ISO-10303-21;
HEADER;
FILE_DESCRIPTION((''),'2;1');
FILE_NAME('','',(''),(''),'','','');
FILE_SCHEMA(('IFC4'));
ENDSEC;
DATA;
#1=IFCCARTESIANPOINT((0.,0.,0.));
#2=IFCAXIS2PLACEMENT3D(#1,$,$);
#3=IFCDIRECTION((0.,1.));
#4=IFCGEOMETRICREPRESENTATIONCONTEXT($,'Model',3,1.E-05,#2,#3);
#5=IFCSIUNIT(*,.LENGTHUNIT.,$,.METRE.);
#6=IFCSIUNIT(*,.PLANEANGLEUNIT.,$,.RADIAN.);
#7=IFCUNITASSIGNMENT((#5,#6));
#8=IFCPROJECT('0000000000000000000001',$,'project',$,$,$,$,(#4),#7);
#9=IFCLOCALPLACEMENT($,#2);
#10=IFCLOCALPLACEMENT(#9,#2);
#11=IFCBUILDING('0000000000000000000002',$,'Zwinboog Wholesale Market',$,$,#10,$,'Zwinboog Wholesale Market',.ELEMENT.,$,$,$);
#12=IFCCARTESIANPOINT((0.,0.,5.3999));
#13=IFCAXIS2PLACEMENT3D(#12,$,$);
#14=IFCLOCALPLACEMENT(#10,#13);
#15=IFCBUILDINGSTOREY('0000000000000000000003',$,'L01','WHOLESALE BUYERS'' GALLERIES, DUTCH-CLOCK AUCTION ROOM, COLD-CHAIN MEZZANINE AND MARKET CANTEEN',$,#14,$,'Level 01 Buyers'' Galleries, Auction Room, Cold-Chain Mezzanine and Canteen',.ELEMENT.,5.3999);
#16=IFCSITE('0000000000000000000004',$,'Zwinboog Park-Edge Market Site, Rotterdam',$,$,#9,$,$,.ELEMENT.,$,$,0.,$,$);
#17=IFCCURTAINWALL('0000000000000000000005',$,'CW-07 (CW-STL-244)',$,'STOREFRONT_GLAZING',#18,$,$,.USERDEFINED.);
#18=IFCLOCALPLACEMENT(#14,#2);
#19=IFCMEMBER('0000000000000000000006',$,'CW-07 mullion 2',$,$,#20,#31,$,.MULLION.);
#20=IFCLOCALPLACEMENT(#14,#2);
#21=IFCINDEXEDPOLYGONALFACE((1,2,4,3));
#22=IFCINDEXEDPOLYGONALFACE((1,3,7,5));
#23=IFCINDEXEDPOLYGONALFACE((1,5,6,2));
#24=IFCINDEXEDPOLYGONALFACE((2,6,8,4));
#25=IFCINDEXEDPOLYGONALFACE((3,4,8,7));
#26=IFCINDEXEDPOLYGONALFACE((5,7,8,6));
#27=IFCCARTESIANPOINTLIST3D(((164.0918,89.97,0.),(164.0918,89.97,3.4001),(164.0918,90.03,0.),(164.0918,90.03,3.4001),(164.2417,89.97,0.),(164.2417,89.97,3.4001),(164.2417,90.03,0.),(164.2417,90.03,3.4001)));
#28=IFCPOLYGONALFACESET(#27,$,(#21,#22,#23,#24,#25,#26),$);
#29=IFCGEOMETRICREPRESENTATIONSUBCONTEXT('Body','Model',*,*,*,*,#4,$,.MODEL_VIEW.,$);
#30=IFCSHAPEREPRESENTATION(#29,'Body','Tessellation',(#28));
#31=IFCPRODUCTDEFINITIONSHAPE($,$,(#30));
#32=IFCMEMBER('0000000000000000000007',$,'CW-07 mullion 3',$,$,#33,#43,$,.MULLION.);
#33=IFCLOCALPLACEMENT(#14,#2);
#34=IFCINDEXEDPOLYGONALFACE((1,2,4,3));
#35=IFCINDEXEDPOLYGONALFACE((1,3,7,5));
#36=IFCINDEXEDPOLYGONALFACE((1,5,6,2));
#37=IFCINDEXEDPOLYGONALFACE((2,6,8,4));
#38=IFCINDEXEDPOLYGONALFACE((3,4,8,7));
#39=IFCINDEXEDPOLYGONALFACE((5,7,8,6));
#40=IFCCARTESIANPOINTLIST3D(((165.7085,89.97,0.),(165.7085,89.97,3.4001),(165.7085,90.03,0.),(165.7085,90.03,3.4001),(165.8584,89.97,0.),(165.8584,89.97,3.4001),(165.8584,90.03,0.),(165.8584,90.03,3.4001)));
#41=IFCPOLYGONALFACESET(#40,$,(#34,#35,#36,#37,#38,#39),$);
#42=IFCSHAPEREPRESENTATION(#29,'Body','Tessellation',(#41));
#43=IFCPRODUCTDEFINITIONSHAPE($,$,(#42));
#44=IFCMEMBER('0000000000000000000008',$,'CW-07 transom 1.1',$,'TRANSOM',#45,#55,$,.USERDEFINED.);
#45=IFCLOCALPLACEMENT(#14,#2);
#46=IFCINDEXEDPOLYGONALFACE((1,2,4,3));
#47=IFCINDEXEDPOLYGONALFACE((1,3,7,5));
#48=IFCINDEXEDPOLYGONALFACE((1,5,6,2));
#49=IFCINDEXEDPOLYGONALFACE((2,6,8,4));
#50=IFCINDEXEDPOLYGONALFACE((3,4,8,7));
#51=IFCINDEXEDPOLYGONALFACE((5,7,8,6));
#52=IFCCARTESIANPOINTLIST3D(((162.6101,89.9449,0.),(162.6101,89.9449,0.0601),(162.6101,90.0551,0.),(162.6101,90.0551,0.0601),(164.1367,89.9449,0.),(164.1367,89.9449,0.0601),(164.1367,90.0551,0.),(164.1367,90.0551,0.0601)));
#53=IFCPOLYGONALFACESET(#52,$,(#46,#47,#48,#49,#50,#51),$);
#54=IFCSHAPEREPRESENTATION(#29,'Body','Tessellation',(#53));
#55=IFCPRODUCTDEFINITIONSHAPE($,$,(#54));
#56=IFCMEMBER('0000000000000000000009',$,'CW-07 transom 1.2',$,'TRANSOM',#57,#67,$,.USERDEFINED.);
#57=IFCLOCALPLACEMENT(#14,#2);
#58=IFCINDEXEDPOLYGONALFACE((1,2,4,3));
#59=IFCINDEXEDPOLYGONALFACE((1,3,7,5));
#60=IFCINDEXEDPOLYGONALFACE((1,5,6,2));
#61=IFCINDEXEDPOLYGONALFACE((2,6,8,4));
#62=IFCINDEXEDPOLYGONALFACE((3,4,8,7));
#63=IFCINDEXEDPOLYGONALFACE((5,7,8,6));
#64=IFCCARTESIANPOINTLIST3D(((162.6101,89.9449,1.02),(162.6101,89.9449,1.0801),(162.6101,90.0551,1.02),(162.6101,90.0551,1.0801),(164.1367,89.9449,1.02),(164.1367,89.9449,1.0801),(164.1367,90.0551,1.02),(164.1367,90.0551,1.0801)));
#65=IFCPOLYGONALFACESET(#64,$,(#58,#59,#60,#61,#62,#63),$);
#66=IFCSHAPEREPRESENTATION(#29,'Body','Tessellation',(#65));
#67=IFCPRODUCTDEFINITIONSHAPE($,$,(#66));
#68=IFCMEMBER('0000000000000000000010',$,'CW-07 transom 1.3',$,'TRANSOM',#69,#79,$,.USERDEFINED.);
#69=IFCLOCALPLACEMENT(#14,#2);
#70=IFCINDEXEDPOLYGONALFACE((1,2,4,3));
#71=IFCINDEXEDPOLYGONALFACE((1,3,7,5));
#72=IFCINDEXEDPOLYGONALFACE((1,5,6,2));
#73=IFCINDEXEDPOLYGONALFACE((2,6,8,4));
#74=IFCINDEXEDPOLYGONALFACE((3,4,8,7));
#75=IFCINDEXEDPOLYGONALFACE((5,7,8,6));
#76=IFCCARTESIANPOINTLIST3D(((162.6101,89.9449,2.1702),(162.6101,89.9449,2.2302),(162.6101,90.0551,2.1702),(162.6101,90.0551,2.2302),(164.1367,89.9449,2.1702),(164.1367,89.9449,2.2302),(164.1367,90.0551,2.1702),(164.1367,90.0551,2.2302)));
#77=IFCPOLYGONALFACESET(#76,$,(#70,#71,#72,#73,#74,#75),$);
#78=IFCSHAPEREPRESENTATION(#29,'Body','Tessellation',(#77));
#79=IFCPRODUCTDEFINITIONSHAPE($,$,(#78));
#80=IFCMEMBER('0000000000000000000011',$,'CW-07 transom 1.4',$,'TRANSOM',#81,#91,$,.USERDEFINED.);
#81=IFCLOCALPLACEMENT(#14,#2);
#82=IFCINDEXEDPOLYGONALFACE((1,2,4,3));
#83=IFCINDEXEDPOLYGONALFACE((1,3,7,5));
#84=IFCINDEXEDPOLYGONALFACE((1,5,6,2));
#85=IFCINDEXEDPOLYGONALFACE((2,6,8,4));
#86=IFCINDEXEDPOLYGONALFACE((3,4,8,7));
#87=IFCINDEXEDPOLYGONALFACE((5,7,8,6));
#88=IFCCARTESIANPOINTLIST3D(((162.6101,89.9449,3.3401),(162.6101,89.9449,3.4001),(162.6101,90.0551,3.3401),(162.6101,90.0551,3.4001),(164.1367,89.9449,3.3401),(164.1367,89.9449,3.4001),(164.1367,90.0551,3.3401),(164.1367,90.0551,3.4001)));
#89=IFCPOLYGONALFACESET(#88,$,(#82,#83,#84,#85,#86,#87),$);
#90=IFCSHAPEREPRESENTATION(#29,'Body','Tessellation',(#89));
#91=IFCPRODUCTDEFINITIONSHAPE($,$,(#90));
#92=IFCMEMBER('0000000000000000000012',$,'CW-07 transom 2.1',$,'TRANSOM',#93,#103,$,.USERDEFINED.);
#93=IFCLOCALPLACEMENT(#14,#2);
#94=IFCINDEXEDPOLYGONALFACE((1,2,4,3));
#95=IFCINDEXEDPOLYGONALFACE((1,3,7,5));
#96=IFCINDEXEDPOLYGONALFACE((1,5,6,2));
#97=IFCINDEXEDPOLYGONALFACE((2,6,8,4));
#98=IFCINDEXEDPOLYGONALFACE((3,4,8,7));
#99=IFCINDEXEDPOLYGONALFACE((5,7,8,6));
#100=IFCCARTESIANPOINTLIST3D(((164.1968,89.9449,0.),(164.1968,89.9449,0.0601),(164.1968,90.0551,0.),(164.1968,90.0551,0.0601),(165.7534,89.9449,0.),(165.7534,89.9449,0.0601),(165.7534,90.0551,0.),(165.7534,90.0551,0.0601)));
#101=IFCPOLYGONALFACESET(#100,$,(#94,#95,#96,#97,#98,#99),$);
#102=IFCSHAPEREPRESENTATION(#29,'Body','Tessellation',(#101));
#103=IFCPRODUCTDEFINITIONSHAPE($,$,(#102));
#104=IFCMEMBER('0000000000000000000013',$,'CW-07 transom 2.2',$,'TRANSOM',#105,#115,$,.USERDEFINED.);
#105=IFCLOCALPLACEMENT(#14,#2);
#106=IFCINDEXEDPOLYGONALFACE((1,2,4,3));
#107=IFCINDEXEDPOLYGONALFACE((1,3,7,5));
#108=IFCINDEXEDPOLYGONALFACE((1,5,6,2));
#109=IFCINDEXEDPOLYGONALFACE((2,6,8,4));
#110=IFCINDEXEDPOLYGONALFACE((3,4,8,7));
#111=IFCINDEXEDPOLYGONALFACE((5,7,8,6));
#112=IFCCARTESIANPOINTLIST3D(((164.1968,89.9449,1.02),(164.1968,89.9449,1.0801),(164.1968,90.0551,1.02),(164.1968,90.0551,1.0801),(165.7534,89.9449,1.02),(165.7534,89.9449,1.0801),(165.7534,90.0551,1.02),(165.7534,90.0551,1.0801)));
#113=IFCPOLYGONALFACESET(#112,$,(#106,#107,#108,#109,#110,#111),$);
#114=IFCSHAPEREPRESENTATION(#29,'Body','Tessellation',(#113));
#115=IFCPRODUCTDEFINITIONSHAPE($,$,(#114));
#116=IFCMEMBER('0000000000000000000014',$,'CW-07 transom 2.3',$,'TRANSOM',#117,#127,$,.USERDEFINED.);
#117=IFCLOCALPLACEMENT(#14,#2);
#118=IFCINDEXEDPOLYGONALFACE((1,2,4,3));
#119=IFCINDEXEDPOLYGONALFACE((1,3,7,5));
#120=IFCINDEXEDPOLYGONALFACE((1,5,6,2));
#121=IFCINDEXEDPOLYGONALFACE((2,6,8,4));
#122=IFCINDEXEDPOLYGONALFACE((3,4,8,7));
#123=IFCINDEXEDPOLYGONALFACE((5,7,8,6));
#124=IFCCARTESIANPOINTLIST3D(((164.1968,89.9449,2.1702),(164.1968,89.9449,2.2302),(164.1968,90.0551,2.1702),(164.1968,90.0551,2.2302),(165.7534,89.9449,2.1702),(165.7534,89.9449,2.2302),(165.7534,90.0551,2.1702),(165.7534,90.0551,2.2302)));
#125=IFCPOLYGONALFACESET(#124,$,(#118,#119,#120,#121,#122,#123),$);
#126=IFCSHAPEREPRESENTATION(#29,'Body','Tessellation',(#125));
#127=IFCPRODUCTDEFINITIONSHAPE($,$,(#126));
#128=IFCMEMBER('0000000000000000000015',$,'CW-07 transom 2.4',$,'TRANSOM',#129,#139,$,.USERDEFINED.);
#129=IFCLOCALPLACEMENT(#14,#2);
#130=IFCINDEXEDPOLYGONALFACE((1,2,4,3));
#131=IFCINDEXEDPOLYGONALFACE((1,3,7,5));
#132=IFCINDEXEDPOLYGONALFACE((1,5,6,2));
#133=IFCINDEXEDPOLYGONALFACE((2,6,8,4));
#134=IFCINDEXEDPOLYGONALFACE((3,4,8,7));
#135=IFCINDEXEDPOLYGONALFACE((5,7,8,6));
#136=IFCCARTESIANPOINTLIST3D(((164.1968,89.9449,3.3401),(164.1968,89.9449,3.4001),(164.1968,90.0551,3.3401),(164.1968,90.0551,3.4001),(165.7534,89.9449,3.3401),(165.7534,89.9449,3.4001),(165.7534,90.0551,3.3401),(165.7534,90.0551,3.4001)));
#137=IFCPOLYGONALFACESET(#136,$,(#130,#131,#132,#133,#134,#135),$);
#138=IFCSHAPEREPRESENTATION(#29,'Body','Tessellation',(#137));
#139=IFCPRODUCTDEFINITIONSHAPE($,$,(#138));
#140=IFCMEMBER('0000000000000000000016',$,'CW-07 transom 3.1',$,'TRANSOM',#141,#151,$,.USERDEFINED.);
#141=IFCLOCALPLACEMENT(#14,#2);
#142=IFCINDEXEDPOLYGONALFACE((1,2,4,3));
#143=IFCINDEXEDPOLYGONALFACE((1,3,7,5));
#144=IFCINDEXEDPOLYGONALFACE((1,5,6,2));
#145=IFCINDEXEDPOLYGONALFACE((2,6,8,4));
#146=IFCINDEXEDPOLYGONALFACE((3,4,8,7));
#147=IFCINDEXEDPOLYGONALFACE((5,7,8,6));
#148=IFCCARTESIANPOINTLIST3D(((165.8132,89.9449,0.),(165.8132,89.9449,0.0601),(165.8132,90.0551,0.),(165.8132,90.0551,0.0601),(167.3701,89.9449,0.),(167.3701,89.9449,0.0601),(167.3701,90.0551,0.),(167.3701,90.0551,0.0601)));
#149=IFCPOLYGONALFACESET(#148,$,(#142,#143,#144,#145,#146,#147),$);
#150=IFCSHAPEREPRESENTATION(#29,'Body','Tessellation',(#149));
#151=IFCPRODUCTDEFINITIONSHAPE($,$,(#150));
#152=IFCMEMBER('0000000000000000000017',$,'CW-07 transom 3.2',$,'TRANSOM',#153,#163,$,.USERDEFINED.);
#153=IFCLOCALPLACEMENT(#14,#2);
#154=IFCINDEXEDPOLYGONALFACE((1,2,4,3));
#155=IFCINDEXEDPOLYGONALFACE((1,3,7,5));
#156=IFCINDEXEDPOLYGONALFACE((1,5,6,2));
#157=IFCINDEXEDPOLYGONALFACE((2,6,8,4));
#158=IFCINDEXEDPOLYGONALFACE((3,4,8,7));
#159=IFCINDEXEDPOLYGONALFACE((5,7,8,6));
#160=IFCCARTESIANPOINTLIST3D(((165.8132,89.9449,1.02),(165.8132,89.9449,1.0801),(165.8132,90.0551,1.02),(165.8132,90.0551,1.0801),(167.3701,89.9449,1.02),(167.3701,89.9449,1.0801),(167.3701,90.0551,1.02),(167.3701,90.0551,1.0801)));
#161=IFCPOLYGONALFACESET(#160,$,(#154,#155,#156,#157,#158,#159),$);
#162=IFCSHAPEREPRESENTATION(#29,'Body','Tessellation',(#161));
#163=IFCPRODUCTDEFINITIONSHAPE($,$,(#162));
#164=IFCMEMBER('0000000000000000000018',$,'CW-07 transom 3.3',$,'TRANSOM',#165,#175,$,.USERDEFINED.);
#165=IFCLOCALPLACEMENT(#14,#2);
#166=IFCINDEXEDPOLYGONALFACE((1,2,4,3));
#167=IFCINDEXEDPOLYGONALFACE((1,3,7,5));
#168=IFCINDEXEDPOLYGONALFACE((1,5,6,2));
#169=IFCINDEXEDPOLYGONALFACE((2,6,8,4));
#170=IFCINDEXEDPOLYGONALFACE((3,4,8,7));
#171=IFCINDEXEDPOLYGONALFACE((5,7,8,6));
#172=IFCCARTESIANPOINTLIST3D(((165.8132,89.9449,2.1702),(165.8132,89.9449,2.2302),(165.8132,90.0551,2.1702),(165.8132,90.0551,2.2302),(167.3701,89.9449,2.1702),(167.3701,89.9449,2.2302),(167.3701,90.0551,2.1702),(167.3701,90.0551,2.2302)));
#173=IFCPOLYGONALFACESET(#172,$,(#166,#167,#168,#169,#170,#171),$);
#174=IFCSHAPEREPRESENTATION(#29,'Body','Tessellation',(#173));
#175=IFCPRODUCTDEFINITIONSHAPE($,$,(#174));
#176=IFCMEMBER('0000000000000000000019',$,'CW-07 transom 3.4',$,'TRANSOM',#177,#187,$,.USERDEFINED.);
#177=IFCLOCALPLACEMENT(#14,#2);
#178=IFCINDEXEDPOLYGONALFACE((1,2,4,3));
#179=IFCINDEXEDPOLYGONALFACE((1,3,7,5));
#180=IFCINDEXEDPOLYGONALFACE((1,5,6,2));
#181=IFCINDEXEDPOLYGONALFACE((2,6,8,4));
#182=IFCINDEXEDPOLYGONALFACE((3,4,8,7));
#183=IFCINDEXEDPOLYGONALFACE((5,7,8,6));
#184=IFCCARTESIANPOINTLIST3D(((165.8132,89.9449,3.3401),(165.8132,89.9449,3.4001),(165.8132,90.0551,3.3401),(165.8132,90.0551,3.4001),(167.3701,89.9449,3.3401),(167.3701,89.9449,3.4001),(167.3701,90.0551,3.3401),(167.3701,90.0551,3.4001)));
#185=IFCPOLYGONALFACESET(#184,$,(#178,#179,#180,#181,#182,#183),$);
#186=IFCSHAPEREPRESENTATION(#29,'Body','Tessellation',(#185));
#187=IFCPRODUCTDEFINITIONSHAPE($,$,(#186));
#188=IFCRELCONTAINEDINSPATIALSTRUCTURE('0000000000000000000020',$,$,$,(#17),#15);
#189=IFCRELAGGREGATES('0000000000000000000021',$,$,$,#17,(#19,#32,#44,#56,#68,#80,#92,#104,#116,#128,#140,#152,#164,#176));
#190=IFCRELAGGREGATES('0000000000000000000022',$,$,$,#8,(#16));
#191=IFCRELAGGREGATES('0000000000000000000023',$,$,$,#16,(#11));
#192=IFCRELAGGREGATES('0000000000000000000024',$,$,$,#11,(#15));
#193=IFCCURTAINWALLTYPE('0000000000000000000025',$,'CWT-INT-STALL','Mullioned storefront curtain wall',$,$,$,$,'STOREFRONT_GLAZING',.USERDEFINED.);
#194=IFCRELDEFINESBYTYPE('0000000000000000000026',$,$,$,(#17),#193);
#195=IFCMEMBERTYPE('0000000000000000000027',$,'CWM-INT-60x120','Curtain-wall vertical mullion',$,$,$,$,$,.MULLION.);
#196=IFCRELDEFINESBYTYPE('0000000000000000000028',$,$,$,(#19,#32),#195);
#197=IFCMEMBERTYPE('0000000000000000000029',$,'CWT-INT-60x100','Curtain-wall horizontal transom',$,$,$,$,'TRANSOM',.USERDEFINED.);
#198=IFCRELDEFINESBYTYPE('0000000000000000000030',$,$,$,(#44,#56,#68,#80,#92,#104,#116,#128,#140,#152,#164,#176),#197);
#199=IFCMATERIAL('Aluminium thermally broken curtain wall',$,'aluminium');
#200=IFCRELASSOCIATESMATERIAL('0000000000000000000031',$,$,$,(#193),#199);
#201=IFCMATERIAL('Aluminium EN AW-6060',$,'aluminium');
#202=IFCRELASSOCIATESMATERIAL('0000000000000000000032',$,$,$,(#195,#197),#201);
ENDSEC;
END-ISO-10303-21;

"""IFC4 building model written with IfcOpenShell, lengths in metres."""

from ifc_helpers import new_model, si_unit, direction, frame, origin, origin_2d, place, context, subcontext, project, spatial, rectangle, extrude, material, material_profile, profile_set, type_object, element, aggregate, save


model = new_model("IFC4")

# Units and contexts
model_context = context("Model", 3, precision=1e-05, world=origin(), true_north=direction((0.0, 1.0)))
body_context = subcontext(model_context, "Body", "Model", "MODEL_VIEW")
ifc_project = project(units=[si_unit("LENGTHUNIT", "METRE"), si_unit("PLANEANGLEUNIT", "RADIAN")], contexts=[model_context])

# Site, building, storey
site_placement = place(None, origin())
site = spatial("IfcSite", under=ifc_project, at=site_placement, Name="Zwinboog Park-Edge Market Site, Rotterdam", CompositionType="ELEMENT", RefElevation=0.0)
building_placement = place(site_placement, origin())
building = spatial("IfcBuilding", under=site, at=building_placement, Name="Zwinboog Wholesale Market", LongName="Zwinboog Wholesale Market", CompositionType="ELEMENT")
storey_placement = place(building_placement, frame((0.0, 0.0, 5.3999)))
storey = spatial("IfcBuildingStorey", under=building, at=storey_placement, Name="L01", Description="WHOLESALE BUYERS' GALLERIES, DUTCH-CLOCK AUCTION ROOM, COLD-CHAIN MEZZANINE AND MARKET CANTEEN", LongName="Level 01 Buyers' Galleries, Auction Room, Cold-Chain Mezzanine and Canteen", CompositionType="ELEMENT", Elevation=5.3999)

# Curtain wall, members
ifc_material_1 = material(Name="Aluminium thermally broken curtain wall", Category="aluminium")
curtain_wall_type = type_object("IfcCurtainWallType", Name="CWT-INT-STALL", Description="Mullioned storefront curtain wall", ElementType="STOREFRONT_GLAZING", PredefinedType="USERDEFINED", material=ifc_material_1)
curtain_wall_placement = place(storey_placement, origin())
curtain_wall = element("IfcCurtainWall", 1, at=curtain_wall_placement, inside=storey, type_object=curtain_wall_type, Name="CW-07 (CW-STL-244)", ObjectType="STOREFRONT_GLAZING", PredefinedType="USERDEFINED")
ifc_material_2 = material(Name="Aluminium EN AW-6060", Category="aluminium")
ifc_material_profile_1 = material_profile(ifc_material_2, rectangle(XDim=0.0601, YDim=0.1499, at=origin_2d()), Name="AL 60x150")
ifc_profile_set_1 = profile_set([ifc_material_profile_1], Name="Aluminium EN AW-6060")
member_type_1 = type_object("IfcMemberType", Name="CWM-INT-60x120", Description="Curtain-wall vertical mullion", PredefinedType="MULLION", material=ifc_profile_set_1)
member_1_placement = place(storey_placement, frame((164.1667, 90.0, 0.0), z_axis=(0.0, 0.0, 1.0), x_axis=(0.0, 1.0, 0.0)))
member_1 = element("IfcMember", 2, at=member_1_placement, type_object=member_type_1, Name="CW-07 mullion 2", PredefinedType="MULLION", context=body_context, shape_type="SweptSolid", body=[
    extrude(rectangle(XDim=0.0601, YDim=0.1499, at=origin_2d()), origin(), (0.0, 0.0, 1.0), 3.4001),
])
member_2_placement = place(storey_placement, frame((165.7834, 90.0, 0.0), z_axis=(0.0, 0.0, 1.0), x_axis=(0.0, 1.0, 0.0)))
member_2 = element("IfcMember", 3, at=member_2_placement, type_object=member_type_1, Name="CW-07 mullion 3", PredefinedType="MULLION", context=body_context, shape_type="SweptSolid", body=[
    extrude(rectangle(XDim=0.0601, YDim=0.1499, at=origin_2d()), origin(), (0.0, 0.0, 1.0), 3.4001),
])
ifc_material_profile_2 = material_profile(ifc_material_2, rectangle(XDim=0.1101, YDim=0.0601, at=origin_2d()), Name="AL 60x110")
ifc_profile_set_2 = profile_set([ifc_material_profile_2], Name="Aluminium EN AW-6060")
member_type_2 = type_object("IfcMemberType", Name="CWT-INT-60x100", Description="Curtain-wall horizontal transom", ElementType="TRANSOM", PredefinedType="USERDEFINED", material=ifc_profile_set_2)
member_3_placement = place(storey_placement, frame((162.6101, 90.0, 0.03), z_axis=(1.0, 0.0, 0.0), x_axis=(0.0, 1.0, 0.0)))
member_3 = element("IfcMember", 4, at=member_3_placement, type_object=member_type_2, Name="CW-07 transom 1.1", ObjectType="TRANSOM", PredefinedType="USERDEFINED", context=body_context, shape_type="SweptSolid", body=[
    extrude(rectangle(XDim=0.1101, YDim=0.0601, at=origin_2d()), origin(), (0.0, 0.0, 1.0), 1.5266),
])
member_4_placement = place(storey_placement, frame((162.6101, 90.0, 1.05), z_axis=(1.0, 0.0, 0.0), x_axis=(0.0, 1.0, 0.0)))
member_4 = element("IfcMember", 5, at=member_4_placement, type_object=member_type_2, Name="CW-07 transom 1.2", ObjectType="TRANSOM", PredefinedType="USERDEFINED", context=body_context, shape_type="SweptSolid", body=[
    extrude(rectangle(XDim=0.1101, YDim=0.0601, at=origin_2d()), origin(), (0.0, 0.0, 1.0), 1.5266),
])
member_5_placement = place(storey_placement, frame((162.6101, 90.0, 2.2002), z_axis=(1.0, 0.0, 0.0), x_axis=(0.0, 1.0, 0.0)))
member_5 = element("IfcMember", 6, at=member_5_placement, type_object=member_type_2, Name="CW-07 transom 1.3", ObjectType="TRANSOM", PredefinedType="USERDEFINED", context=body_context, shape_type="SweptSolid", body=[
    extrude(rectangle(XDim=0.1101, YDim=0.0601, at=origin_2d()), origin(), (0.0, 0.0, 1.0), 1.5266),
])
member_6_placement = place(storey_placement, frame((162.6101, 90.0, 3.3701), z_axis=(1.0, 0.0, 0.0), x_axis=(0.0, 1.0, 0.0)))
member_6 = element("IfcMember", 7, at=member_6_placement, type_object=member_type_2, Name="CW-07 transom 1.4", ObjectType="TRANSOM", PredefinedType="USERDEFINED", context=body_context, shape_type="SweptSolid", body=[
    extrude(rectangle(XDim=0.1101, YDim=0.0601, at=origin_2d()), origin(), (0.0, 0.0, 1.0), 1.5266),
])
member_7_placement = place(storey_placement, frame((164.1968, 90.0, 0.03), z_axis=(1.0, 0.0, 0.0), x_axis=(0.0, 1.0, 0.0)))
member_7 = element("IfcMember", 8, at=member_7_placement, type_object=member_type_2, Name="CW-07 transom 2.1", ObjectType="TRANSOM", PredefinedType="USERDEFINED", context=body_context, shape_type="SweptSolid", body=[
    extrude(rectangle(XDim=0.1101, YDim=0.0601, at=origin_2d()), origin(), (0.0, 0.0, 1.0), 1.5566),
])
member_8_placement = place(storey_placement, frame((164.1968, 90.0, 1.05), z_axis=(1.0, 0.0, 0.0), x_axis=(0.0, 1.0, 0.0)))
member_8 = element("IfcMember", 9, at=member_8_placement, type_object=member_type_2, Name="CW-07 transom 2.2", ObjectType="TRANSOM", PredefinedType="USERDEFINED", context=body_context, shape_type="SweptSolid", body=[
    extrude(rectangle(XDim=0.1101, YDim=0.0601, at=origin_2d()), origin(), (0.0, 0.0, 1.0), 1.5566),
])
member_9_placement = place(storey_placement, frame((164.1968, 90.0, 2.2002), z_axis=(1.0, 0.0, 0.0), x_axis=(0.0, 1.0, 0.0)))
member_9 = element("IfcMember", 10, at=member_9_placement, type_object=member_type_2, Name="CW-07 transom 2.3", ObjectType="TRANSOM", PredefinedType="USERDEFINED", context=body_context, shape_type="SweptSolid", body=[
    extrude(rectangle(XDim=0.1101, YDim=0.0601, at=origin_2d()), origin(), (0.0, 0.0, 1.0), 1.5566),
])
member_10_placement = place(storey_placement, frame((164.1968, 90.0, 3.3701), z_axis=(1.0, 0.0, 0.0), x_axis=(0.0, 1.0, 0.0)))
member_10 = element("IfcMember", 11, at=member_10_placement, type_object=member_type_2, Name="CW-07 transom 2.4", ObjectType="TRANSOM", PredefinedType="USERDEFINED", context=body_context, shape_type="SweptSolid", body=[
    extrude(rectangle(XDim=0.1101, YDim=0.0601, at=origin_2d()), origin(), (0.0, 0.0, 1.0), 1.5566),
])
member_11_placement = place(storey_placement, frame((165.8132, 90.0, 0.03), z_axis=(1.0, 0.0, 0.0), x_axis=(0.0, 1.0, 0.0)))
member_11 = element("IfcMember", 12, at=member_11_placement, type_object=member_type_2, Name="CW-07 transom 3.1", ObjectType="TRANSOM", PredefinedType="USERDEFINED", context=body_context, shape_type="SweptSolid", body=[
    extrude(rectangle(XDim=0.1101, YDim=0.0601, at=origin_2d()), origin(), (0.0, 0.0, 1.0), 1.5569),
])
member_12_placement = place(storey_placement, frame((165.8132, 90.0, 1.05), z_axis=(1.0, 0.0, 0.0), x_axis=(0.0, 1.0, 0.0)))
member_12 = element("IfcMember", 13, at=member_12_placement, type_object=member_type_2, Name="CW-07 transom 3.2", ObjectType="TRANSOM", PredefinedType="USERDEFINED", context=body_context, shape_type="SweptSolid", body=[
    extrude(rectangle(XDim=0.1101, YDim=0.0601, at=origin_2d()), origin(), (0.0, 0.0, 1.0), 1.5569),
])
member_13_placement = place(storey_placement, frame((165.8132, 90.0, 2.2002), z_axis=(1.0, 0.0, 0.0), x_axis=(0.0, 1.0, 0.0)))
member_13 = element("IfcMember", 14, at=member_13_placement, type_object=member_type_2, Name="CW-07 transom 3.3", ObjectType="TRANSOM", PredefinedType="USERDEFINED", context=body_context, shape_type="SweptSolid", body=[
    extrude(rectangle(XDim=0.1101, YDim=0.0601, at=origin_2d()), origin(), (0.0, 0.0, 1.0), 1.5569),
])
member_14_placement = place(storey_placement, frame((165.8132, 90.0, 3.3701), z_axis=(1.0, 0.0, 0.0), x_axis=(0.0, 1.0, 0.0)))
member_14 = element("IfcMember", 15, at=member_14_placement, type_object=member_type_2, Name="CW-07 transom 3.4", ObjectType="TRANSOM", PredefinedType="USERDEFINED", context=body_context, shape_type="SweptSolid", body=[
    extrude(rectangle(XDim=0.1101, YDim=0.0601, at=origin_2d()), origin(), (0.0, 0.0, 1.0), 1.5569),
])
aggregate(curtain_wall, [member_1, member_2, member_3, member_4, member_5, member_6, member_7, member_8, member_9, member_10, member_11, member_12, member_13, member_14])

save(model, "model.ifc")
